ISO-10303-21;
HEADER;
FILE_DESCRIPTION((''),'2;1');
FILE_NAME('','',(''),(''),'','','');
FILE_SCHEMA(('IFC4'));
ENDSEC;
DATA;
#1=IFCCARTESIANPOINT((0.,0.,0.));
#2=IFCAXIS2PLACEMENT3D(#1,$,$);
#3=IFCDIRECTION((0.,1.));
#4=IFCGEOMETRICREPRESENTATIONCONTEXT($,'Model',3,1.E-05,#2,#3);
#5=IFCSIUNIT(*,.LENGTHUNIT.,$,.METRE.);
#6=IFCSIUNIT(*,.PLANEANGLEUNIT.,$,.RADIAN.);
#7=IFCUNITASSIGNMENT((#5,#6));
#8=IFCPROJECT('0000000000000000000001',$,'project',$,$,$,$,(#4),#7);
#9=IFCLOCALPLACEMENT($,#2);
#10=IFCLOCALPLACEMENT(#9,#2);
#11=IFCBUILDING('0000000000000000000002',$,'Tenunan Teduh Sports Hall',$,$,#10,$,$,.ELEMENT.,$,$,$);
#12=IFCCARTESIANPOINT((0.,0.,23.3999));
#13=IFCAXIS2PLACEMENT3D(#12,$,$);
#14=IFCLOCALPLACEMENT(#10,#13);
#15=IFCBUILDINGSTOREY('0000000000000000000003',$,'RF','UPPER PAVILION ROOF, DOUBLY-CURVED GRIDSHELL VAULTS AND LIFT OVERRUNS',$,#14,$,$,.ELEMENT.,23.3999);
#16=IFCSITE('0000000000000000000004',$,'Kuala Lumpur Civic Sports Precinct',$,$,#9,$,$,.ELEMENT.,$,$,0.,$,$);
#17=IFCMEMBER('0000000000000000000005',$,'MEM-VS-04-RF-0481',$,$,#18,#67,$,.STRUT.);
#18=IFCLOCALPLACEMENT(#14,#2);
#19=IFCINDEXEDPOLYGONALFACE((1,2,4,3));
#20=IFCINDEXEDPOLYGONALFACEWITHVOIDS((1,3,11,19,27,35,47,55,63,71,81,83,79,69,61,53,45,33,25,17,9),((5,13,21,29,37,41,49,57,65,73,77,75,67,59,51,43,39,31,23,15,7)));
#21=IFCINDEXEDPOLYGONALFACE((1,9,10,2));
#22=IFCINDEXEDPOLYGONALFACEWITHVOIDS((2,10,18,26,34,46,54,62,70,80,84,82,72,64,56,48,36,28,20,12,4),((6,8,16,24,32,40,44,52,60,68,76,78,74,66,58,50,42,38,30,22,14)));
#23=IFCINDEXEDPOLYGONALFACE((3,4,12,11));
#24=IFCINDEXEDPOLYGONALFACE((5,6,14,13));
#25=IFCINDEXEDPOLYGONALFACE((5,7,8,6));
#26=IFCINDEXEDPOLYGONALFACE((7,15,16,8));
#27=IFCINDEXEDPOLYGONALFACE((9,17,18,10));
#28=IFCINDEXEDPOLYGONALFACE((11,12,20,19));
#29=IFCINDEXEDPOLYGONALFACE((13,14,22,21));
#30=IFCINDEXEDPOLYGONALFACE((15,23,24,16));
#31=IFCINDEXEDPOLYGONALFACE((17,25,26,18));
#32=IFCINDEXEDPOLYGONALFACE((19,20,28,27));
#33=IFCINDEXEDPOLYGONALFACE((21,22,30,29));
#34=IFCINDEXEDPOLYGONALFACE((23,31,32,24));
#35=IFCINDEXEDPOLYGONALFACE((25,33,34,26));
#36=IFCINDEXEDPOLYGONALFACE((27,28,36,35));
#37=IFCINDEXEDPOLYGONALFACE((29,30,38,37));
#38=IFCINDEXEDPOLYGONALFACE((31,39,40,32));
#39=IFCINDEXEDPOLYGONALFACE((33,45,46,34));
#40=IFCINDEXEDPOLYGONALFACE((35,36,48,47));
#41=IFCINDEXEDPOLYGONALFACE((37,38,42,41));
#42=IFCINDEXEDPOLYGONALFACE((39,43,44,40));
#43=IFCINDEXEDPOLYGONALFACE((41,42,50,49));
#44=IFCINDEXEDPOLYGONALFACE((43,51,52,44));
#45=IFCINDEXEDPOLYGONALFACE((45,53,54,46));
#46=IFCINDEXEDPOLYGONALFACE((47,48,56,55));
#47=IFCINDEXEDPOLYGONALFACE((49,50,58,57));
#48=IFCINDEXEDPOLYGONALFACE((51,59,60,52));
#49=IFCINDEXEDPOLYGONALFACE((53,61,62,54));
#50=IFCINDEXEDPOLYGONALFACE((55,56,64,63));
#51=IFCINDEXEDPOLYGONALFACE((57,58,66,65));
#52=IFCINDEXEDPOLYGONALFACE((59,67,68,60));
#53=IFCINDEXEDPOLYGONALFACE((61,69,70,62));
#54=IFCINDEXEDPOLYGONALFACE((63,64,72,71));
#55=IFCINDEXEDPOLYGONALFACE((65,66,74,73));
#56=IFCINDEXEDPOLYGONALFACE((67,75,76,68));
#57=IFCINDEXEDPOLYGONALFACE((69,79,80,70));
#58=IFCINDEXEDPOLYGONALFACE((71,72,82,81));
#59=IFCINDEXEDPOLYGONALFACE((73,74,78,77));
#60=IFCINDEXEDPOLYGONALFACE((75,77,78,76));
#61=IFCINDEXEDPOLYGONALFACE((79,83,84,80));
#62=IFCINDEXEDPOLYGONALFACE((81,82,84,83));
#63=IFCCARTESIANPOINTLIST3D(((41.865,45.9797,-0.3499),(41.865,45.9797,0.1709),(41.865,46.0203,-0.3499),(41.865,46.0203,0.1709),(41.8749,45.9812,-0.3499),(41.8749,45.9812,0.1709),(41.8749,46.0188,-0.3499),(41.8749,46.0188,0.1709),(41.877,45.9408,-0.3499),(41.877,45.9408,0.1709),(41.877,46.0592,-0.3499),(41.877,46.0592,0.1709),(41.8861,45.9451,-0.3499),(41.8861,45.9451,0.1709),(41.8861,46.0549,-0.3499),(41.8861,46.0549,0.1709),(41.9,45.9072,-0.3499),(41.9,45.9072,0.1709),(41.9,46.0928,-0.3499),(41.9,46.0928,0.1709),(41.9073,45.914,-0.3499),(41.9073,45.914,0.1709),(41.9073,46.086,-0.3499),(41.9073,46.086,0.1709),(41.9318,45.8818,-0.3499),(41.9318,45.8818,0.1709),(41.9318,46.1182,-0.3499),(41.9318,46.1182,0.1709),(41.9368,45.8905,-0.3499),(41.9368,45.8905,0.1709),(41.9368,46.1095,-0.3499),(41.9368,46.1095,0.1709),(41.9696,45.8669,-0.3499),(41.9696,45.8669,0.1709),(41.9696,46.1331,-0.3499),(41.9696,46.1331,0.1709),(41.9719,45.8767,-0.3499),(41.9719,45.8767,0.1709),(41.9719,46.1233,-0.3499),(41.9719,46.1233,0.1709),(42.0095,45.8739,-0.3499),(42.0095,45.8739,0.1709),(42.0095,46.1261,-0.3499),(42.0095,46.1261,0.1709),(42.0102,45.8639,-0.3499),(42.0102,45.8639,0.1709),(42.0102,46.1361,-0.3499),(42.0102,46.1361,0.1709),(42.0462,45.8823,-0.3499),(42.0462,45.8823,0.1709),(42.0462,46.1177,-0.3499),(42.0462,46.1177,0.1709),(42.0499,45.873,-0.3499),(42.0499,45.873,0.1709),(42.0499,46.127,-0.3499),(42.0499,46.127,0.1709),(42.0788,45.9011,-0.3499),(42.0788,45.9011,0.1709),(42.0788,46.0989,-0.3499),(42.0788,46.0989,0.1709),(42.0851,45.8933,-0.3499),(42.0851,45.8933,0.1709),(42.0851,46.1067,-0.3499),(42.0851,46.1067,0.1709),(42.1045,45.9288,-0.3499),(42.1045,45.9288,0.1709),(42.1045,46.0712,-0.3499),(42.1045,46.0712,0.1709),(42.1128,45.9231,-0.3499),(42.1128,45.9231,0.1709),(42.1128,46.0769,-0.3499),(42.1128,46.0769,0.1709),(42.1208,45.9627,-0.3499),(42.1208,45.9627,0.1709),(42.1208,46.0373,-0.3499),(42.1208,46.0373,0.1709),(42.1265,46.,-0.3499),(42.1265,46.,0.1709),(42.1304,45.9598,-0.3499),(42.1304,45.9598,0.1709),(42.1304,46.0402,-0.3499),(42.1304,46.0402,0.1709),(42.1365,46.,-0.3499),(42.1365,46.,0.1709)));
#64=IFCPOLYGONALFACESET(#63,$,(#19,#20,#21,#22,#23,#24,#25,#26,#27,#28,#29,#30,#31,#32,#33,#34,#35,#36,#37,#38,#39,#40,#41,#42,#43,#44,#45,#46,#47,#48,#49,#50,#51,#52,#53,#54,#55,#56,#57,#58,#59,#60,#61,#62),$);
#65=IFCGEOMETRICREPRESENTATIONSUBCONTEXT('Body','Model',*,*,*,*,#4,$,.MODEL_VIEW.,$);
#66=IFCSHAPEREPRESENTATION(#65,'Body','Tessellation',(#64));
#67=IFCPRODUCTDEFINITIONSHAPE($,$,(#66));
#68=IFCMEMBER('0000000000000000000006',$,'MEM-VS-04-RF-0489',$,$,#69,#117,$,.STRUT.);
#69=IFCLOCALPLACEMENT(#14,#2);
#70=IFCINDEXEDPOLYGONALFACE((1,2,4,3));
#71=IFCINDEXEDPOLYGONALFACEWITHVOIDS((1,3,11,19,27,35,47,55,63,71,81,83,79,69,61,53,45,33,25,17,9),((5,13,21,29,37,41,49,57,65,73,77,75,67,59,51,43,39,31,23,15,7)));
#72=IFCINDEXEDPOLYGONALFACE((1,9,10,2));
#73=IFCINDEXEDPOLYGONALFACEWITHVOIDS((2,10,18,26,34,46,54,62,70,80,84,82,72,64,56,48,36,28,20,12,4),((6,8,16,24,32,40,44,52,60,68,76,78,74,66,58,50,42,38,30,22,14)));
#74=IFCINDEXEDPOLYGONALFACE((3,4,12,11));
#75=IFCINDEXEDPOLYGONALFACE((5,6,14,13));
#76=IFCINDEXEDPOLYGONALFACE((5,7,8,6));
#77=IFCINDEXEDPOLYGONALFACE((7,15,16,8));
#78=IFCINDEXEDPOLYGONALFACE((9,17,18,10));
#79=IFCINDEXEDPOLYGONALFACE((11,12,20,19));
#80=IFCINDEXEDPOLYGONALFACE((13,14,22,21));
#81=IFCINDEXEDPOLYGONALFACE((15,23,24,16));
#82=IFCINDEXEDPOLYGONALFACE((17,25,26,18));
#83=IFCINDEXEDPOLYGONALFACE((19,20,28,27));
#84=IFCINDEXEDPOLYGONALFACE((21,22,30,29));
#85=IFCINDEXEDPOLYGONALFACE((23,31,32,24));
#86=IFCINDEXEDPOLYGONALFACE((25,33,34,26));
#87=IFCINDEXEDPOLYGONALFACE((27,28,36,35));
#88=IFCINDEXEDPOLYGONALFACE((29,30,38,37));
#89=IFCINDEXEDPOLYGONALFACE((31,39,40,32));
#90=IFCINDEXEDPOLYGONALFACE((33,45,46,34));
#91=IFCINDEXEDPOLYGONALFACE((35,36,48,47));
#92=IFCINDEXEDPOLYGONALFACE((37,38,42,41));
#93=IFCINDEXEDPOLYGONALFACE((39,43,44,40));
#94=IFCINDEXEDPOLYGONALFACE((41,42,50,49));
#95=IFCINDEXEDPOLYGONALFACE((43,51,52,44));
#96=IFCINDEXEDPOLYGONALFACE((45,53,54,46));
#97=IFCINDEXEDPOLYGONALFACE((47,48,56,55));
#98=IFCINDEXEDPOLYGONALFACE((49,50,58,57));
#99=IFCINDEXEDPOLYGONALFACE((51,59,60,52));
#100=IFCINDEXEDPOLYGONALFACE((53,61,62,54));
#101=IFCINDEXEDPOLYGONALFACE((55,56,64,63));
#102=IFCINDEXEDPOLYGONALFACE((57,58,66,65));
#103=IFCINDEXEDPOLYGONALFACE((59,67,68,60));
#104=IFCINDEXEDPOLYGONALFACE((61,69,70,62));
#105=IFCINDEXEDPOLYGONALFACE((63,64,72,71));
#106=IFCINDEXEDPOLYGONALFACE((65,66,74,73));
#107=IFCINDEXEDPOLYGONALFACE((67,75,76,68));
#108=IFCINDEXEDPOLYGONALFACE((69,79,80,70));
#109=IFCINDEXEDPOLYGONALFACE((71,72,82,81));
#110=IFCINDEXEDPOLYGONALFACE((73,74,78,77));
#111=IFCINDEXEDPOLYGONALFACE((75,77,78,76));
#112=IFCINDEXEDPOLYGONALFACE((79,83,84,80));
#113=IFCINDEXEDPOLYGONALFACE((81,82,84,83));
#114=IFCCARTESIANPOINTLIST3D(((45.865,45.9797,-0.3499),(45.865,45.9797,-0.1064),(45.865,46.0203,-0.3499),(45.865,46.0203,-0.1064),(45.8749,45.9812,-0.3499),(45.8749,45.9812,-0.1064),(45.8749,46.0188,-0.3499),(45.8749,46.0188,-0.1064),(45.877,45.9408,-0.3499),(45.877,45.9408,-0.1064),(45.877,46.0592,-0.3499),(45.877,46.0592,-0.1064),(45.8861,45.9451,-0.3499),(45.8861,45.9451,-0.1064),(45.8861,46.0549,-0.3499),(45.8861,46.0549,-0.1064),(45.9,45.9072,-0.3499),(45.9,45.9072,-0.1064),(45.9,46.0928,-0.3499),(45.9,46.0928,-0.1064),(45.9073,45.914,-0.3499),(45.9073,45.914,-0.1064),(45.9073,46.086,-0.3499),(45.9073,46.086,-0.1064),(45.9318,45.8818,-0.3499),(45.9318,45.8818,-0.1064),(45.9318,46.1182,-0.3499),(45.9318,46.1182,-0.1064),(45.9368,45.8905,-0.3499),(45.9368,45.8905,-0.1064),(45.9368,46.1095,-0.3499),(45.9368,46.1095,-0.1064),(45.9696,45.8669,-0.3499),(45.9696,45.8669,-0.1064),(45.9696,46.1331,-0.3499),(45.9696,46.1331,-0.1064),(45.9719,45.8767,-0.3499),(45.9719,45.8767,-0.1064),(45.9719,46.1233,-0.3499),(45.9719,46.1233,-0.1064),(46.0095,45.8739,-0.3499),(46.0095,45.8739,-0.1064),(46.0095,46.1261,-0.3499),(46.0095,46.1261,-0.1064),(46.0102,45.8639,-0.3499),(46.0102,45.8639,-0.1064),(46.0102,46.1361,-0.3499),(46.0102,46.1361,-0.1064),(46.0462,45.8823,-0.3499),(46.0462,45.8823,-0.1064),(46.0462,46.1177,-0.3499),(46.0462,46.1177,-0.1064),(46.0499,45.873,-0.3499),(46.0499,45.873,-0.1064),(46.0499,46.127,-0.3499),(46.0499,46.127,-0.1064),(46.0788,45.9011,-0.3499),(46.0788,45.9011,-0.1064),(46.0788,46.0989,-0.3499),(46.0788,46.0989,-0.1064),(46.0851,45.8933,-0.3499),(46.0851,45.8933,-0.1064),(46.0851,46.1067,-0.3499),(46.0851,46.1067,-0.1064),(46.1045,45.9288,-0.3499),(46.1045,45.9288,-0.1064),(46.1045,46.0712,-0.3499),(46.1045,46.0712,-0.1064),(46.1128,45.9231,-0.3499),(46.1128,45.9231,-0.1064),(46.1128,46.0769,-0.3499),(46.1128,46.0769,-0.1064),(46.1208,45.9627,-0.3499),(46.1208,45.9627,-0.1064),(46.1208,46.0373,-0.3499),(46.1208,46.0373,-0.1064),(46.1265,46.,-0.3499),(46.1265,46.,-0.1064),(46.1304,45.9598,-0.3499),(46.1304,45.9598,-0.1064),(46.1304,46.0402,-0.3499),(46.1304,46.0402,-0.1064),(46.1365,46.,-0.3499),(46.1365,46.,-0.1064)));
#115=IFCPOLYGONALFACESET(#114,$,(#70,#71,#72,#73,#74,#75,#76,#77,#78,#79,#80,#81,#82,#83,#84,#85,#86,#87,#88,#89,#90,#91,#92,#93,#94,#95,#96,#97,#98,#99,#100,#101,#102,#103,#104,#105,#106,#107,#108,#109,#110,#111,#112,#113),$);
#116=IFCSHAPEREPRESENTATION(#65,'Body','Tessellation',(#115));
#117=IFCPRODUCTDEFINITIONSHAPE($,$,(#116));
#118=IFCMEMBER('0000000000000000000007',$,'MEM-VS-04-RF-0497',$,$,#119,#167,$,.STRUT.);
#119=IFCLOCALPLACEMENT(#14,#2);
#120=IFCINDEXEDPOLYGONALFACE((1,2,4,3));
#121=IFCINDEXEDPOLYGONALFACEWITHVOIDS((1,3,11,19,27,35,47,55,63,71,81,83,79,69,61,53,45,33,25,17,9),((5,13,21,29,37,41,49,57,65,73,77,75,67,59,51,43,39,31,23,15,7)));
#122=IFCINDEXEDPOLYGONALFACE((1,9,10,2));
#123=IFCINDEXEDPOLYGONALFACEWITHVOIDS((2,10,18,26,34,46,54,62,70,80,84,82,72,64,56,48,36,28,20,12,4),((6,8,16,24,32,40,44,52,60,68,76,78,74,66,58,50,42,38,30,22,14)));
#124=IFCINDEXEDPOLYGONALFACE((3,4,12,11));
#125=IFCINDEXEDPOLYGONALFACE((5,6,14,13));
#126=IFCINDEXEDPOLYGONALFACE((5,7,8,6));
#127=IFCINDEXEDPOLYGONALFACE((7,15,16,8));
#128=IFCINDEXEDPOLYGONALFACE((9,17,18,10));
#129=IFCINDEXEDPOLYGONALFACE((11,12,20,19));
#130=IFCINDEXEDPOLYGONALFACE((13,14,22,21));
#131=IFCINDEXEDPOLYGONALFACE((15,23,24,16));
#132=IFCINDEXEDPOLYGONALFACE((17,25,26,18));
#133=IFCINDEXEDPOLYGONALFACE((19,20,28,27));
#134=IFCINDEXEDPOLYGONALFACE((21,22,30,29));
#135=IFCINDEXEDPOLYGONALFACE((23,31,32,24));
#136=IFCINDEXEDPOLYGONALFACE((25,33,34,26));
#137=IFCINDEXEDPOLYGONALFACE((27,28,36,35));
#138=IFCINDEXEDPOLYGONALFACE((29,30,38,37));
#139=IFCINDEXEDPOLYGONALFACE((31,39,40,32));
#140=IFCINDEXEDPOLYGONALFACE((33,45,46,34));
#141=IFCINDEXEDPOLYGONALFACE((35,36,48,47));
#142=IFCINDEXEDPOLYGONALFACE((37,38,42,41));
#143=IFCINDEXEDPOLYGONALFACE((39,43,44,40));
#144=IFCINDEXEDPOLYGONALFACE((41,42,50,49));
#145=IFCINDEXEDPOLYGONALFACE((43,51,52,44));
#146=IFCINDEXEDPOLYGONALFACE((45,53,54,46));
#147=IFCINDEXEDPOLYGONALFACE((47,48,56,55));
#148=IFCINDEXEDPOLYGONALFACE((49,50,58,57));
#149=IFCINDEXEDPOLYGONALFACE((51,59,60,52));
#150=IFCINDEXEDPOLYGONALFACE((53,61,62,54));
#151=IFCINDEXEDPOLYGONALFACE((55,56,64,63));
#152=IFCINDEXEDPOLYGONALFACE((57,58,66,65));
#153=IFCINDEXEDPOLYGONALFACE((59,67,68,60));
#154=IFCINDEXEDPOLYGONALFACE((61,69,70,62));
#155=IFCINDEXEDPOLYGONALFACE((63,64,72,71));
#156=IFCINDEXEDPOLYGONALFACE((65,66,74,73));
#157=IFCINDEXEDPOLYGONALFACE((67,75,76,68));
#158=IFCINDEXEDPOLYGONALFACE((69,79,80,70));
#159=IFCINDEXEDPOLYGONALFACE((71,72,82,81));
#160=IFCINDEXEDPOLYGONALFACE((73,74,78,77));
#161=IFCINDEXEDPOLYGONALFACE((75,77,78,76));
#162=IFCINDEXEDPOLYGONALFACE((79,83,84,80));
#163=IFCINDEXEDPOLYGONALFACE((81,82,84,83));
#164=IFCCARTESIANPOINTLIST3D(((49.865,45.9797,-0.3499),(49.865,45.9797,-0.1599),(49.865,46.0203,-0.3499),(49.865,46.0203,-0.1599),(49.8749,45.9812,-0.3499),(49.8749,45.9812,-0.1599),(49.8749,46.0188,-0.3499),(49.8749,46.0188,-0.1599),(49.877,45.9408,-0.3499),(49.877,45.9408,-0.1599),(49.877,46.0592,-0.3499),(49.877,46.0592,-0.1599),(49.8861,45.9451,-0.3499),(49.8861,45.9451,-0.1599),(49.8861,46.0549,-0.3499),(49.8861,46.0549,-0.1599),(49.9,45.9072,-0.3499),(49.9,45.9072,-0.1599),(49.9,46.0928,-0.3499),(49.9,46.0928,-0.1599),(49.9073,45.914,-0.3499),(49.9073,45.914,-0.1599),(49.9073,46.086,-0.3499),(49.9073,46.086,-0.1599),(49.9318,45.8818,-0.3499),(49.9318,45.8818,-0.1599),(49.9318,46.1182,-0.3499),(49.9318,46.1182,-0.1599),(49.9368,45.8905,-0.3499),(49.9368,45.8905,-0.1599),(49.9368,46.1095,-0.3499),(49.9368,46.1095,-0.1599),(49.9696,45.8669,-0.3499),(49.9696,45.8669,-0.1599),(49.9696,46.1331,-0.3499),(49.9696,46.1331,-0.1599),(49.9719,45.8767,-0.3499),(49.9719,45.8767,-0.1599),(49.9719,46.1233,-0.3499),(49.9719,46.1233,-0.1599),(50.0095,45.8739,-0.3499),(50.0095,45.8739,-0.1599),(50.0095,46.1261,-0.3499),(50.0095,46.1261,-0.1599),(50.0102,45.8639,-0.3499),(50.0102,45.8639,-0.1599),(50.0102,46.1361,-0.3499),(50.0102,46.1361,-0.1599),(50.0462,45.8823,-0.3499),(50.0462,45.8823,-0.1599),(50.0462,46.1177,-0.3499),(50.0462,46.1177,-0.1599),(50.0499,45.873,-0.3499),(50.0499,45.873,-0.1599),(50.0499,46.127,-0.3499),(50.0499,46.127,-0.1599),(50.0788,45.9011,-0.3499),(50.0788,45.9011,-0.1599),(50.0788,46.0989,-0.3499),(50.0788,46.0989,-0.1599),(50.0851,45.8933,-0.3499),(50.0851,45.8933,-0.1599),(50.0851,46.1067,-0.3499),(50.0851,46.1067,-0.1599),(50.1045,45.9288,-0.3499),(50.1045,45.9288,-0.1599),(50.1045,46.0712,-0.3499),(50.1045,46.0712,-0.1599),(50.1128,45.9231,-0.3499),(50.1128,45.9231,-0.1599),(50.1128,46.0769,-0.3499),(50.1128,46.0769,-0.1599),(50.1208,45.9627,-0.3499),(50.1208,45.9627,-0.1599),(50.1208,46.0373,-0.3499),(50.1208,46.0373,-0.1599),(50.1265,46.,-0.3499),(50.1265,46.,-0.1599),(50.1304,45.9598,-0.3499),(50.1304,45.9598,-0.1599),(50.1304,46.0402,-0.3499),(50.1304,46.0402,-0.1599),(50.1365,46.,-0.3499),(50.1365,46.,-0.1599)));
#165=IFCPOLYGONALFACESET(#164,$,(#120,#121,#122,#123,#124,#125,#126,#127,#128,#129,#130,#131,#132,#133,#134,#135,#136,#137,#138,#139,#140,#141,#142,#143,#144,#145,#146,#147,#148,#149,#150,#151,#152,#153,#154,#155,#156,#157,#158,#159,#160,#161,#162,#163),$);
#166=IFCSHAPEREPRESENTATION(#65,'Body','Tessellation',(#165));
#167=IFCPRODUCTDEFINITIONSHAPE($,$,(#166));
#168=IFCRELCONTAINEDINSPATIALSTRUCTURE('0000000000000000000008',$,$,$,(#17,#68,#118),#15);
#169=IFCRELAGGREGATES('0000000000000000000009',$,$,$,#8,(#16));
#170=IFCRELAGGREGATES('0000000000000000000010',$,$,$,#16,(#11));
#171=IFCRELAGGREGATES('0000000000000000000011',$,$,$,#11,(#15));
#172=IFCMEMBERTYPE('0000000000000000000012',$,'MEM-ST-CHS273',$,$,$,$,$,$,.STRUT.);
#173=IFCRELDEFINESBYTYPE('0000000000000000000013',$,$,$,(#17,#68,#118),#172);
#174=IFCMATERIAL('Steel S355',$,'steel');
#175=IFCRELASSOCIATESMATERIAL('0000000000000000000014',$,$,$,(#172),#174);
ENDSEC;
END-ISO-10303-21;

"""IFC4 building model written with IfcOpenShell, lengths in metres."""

from ifc_helpers import new_model, si_unit, direction, frame, origin, origin_2d, place, context, subcontext, project, spatial, hollow_circle, extrude, material, material_profile, profile_set, type_object, element, save


model = new_model("IFC4")

# Units and contexts
model_context = context("Model", 3, precision=1e-05, world=origin(), true_north=direction((0.0, 1.0)))
body_context = subcontext(model_context, "Body", "Model", "MODEL_VIEW")
ifc_project = project(units=[si_unit("LENGTHUNIT", "METRE"), si_unit("PLANEANGLEUNIT", "RADIAN")], contexts=[model_context])

# Site, building, storey
site_placement = place(None, origin())
site = spatial("IfcSite", under=ifc_project, at=site_placement, Name="Kuala Lumpur Civic Sports Precinct", CompositionType="ELEMENT", RefElevation=0.0)
building_placement = place(site_placement, origin())
building = spatial("IfcBuilding", under=site, at=building_placement, Name="Tenunan Teduh Sports Hall", CompositionType="ELEMENT")
storey_placement = place(building_placement, frame((0.0, 0.0, 23.3999)))
storey = spatial("IfcBuildingStorey", under=building, at=storey_placement, Name="RF", Description="UPPER PAVILION ROOF, DOUBLY-CURVED GRIDSHELL VAULTS AND LIFT OVERRUNS", CompositionType="ELEMENT", Elevation=23.3999)

# Members
ifc_material_1 = material(Name="Steel S355", Category="steel")
ifc_material_profile_1 = material_profile(ifc_material_1, hollow_circle(Radius=0.1365, WallThickness=0.01, at=origin_2d()), Name="CHS 273.0x10.0")
ifc_profile_set_1 = profile_set([ifc_material_profile_1], Name="Steel S355")
member_type_1 = type_object("IfcMemberType", Name="MEM-ST-CHS273", PredefinedType="STRUT", material=ifc_profile_set_1)
member_1_placement = place(storey_placement, frame((42.0, 46.0, -0.3499), z_axis=(0.0, 0.0, 1.0), x_axis=(1.0, 0.0, 0.0)))
element("IfcMember", 1, at=member_1_placement, inside=storey, type_object=member_type_1, Name="MEM-VS-04-RF-0481", PredefinedType="STRUT", context=body_context, shape_type="SweptSolid", body=[
    extrude(hollow_circle(Radius=0.1365, WallThickness=0.01, at=origin_2d()), origin(), (0.0, 0.0, 1.0), 0.5208),
])
member_2_placement = place(storey_placement, frame((46.0, 46.0, -0.3499), z_axis=(0.0, 0.0, 1.0), x_axis=(1.0, 0.0, 0.0)))
element("IfcMember", 2, at=member_2_placement, inside=storey, type_object=member_type_1, Name="MEM-VS-04-RF-0489", PredefinedType="STRUT", context=body_context, shape_type="SweptSolid", body=[
    extrude(hollow_circle(Radius=0.1365, WallThickness=0.01, at=origin_2d()), origin(), (0.0, 0.0, 1.0), 0.2434),
])
for number, where, z_axis, x_axis, name in (
    (3, (50.0, 46.0, -0.3499), (0.0, 0.0, 1.0), (1.0, 0.0, 0.0), "MEM-VS-04-RF-0497"),
):
    element("IfcMember", number, at=place(storey_placement, frame(where, z_axis=z_axis, x_axis=x_axis)), inside=storey, type_object=member_type_1, Name=name, PredefinedType="STRUT", context=body_context, shape_type="SweptSolid", body=[
        extrude(hollow_circle(Radius=0.1365, WallThickness=0.01, at=origin_2d()), origin(), (0.0, 0.0, 1.0), 0.1899),
    ])

save(model, "model.ifc")
